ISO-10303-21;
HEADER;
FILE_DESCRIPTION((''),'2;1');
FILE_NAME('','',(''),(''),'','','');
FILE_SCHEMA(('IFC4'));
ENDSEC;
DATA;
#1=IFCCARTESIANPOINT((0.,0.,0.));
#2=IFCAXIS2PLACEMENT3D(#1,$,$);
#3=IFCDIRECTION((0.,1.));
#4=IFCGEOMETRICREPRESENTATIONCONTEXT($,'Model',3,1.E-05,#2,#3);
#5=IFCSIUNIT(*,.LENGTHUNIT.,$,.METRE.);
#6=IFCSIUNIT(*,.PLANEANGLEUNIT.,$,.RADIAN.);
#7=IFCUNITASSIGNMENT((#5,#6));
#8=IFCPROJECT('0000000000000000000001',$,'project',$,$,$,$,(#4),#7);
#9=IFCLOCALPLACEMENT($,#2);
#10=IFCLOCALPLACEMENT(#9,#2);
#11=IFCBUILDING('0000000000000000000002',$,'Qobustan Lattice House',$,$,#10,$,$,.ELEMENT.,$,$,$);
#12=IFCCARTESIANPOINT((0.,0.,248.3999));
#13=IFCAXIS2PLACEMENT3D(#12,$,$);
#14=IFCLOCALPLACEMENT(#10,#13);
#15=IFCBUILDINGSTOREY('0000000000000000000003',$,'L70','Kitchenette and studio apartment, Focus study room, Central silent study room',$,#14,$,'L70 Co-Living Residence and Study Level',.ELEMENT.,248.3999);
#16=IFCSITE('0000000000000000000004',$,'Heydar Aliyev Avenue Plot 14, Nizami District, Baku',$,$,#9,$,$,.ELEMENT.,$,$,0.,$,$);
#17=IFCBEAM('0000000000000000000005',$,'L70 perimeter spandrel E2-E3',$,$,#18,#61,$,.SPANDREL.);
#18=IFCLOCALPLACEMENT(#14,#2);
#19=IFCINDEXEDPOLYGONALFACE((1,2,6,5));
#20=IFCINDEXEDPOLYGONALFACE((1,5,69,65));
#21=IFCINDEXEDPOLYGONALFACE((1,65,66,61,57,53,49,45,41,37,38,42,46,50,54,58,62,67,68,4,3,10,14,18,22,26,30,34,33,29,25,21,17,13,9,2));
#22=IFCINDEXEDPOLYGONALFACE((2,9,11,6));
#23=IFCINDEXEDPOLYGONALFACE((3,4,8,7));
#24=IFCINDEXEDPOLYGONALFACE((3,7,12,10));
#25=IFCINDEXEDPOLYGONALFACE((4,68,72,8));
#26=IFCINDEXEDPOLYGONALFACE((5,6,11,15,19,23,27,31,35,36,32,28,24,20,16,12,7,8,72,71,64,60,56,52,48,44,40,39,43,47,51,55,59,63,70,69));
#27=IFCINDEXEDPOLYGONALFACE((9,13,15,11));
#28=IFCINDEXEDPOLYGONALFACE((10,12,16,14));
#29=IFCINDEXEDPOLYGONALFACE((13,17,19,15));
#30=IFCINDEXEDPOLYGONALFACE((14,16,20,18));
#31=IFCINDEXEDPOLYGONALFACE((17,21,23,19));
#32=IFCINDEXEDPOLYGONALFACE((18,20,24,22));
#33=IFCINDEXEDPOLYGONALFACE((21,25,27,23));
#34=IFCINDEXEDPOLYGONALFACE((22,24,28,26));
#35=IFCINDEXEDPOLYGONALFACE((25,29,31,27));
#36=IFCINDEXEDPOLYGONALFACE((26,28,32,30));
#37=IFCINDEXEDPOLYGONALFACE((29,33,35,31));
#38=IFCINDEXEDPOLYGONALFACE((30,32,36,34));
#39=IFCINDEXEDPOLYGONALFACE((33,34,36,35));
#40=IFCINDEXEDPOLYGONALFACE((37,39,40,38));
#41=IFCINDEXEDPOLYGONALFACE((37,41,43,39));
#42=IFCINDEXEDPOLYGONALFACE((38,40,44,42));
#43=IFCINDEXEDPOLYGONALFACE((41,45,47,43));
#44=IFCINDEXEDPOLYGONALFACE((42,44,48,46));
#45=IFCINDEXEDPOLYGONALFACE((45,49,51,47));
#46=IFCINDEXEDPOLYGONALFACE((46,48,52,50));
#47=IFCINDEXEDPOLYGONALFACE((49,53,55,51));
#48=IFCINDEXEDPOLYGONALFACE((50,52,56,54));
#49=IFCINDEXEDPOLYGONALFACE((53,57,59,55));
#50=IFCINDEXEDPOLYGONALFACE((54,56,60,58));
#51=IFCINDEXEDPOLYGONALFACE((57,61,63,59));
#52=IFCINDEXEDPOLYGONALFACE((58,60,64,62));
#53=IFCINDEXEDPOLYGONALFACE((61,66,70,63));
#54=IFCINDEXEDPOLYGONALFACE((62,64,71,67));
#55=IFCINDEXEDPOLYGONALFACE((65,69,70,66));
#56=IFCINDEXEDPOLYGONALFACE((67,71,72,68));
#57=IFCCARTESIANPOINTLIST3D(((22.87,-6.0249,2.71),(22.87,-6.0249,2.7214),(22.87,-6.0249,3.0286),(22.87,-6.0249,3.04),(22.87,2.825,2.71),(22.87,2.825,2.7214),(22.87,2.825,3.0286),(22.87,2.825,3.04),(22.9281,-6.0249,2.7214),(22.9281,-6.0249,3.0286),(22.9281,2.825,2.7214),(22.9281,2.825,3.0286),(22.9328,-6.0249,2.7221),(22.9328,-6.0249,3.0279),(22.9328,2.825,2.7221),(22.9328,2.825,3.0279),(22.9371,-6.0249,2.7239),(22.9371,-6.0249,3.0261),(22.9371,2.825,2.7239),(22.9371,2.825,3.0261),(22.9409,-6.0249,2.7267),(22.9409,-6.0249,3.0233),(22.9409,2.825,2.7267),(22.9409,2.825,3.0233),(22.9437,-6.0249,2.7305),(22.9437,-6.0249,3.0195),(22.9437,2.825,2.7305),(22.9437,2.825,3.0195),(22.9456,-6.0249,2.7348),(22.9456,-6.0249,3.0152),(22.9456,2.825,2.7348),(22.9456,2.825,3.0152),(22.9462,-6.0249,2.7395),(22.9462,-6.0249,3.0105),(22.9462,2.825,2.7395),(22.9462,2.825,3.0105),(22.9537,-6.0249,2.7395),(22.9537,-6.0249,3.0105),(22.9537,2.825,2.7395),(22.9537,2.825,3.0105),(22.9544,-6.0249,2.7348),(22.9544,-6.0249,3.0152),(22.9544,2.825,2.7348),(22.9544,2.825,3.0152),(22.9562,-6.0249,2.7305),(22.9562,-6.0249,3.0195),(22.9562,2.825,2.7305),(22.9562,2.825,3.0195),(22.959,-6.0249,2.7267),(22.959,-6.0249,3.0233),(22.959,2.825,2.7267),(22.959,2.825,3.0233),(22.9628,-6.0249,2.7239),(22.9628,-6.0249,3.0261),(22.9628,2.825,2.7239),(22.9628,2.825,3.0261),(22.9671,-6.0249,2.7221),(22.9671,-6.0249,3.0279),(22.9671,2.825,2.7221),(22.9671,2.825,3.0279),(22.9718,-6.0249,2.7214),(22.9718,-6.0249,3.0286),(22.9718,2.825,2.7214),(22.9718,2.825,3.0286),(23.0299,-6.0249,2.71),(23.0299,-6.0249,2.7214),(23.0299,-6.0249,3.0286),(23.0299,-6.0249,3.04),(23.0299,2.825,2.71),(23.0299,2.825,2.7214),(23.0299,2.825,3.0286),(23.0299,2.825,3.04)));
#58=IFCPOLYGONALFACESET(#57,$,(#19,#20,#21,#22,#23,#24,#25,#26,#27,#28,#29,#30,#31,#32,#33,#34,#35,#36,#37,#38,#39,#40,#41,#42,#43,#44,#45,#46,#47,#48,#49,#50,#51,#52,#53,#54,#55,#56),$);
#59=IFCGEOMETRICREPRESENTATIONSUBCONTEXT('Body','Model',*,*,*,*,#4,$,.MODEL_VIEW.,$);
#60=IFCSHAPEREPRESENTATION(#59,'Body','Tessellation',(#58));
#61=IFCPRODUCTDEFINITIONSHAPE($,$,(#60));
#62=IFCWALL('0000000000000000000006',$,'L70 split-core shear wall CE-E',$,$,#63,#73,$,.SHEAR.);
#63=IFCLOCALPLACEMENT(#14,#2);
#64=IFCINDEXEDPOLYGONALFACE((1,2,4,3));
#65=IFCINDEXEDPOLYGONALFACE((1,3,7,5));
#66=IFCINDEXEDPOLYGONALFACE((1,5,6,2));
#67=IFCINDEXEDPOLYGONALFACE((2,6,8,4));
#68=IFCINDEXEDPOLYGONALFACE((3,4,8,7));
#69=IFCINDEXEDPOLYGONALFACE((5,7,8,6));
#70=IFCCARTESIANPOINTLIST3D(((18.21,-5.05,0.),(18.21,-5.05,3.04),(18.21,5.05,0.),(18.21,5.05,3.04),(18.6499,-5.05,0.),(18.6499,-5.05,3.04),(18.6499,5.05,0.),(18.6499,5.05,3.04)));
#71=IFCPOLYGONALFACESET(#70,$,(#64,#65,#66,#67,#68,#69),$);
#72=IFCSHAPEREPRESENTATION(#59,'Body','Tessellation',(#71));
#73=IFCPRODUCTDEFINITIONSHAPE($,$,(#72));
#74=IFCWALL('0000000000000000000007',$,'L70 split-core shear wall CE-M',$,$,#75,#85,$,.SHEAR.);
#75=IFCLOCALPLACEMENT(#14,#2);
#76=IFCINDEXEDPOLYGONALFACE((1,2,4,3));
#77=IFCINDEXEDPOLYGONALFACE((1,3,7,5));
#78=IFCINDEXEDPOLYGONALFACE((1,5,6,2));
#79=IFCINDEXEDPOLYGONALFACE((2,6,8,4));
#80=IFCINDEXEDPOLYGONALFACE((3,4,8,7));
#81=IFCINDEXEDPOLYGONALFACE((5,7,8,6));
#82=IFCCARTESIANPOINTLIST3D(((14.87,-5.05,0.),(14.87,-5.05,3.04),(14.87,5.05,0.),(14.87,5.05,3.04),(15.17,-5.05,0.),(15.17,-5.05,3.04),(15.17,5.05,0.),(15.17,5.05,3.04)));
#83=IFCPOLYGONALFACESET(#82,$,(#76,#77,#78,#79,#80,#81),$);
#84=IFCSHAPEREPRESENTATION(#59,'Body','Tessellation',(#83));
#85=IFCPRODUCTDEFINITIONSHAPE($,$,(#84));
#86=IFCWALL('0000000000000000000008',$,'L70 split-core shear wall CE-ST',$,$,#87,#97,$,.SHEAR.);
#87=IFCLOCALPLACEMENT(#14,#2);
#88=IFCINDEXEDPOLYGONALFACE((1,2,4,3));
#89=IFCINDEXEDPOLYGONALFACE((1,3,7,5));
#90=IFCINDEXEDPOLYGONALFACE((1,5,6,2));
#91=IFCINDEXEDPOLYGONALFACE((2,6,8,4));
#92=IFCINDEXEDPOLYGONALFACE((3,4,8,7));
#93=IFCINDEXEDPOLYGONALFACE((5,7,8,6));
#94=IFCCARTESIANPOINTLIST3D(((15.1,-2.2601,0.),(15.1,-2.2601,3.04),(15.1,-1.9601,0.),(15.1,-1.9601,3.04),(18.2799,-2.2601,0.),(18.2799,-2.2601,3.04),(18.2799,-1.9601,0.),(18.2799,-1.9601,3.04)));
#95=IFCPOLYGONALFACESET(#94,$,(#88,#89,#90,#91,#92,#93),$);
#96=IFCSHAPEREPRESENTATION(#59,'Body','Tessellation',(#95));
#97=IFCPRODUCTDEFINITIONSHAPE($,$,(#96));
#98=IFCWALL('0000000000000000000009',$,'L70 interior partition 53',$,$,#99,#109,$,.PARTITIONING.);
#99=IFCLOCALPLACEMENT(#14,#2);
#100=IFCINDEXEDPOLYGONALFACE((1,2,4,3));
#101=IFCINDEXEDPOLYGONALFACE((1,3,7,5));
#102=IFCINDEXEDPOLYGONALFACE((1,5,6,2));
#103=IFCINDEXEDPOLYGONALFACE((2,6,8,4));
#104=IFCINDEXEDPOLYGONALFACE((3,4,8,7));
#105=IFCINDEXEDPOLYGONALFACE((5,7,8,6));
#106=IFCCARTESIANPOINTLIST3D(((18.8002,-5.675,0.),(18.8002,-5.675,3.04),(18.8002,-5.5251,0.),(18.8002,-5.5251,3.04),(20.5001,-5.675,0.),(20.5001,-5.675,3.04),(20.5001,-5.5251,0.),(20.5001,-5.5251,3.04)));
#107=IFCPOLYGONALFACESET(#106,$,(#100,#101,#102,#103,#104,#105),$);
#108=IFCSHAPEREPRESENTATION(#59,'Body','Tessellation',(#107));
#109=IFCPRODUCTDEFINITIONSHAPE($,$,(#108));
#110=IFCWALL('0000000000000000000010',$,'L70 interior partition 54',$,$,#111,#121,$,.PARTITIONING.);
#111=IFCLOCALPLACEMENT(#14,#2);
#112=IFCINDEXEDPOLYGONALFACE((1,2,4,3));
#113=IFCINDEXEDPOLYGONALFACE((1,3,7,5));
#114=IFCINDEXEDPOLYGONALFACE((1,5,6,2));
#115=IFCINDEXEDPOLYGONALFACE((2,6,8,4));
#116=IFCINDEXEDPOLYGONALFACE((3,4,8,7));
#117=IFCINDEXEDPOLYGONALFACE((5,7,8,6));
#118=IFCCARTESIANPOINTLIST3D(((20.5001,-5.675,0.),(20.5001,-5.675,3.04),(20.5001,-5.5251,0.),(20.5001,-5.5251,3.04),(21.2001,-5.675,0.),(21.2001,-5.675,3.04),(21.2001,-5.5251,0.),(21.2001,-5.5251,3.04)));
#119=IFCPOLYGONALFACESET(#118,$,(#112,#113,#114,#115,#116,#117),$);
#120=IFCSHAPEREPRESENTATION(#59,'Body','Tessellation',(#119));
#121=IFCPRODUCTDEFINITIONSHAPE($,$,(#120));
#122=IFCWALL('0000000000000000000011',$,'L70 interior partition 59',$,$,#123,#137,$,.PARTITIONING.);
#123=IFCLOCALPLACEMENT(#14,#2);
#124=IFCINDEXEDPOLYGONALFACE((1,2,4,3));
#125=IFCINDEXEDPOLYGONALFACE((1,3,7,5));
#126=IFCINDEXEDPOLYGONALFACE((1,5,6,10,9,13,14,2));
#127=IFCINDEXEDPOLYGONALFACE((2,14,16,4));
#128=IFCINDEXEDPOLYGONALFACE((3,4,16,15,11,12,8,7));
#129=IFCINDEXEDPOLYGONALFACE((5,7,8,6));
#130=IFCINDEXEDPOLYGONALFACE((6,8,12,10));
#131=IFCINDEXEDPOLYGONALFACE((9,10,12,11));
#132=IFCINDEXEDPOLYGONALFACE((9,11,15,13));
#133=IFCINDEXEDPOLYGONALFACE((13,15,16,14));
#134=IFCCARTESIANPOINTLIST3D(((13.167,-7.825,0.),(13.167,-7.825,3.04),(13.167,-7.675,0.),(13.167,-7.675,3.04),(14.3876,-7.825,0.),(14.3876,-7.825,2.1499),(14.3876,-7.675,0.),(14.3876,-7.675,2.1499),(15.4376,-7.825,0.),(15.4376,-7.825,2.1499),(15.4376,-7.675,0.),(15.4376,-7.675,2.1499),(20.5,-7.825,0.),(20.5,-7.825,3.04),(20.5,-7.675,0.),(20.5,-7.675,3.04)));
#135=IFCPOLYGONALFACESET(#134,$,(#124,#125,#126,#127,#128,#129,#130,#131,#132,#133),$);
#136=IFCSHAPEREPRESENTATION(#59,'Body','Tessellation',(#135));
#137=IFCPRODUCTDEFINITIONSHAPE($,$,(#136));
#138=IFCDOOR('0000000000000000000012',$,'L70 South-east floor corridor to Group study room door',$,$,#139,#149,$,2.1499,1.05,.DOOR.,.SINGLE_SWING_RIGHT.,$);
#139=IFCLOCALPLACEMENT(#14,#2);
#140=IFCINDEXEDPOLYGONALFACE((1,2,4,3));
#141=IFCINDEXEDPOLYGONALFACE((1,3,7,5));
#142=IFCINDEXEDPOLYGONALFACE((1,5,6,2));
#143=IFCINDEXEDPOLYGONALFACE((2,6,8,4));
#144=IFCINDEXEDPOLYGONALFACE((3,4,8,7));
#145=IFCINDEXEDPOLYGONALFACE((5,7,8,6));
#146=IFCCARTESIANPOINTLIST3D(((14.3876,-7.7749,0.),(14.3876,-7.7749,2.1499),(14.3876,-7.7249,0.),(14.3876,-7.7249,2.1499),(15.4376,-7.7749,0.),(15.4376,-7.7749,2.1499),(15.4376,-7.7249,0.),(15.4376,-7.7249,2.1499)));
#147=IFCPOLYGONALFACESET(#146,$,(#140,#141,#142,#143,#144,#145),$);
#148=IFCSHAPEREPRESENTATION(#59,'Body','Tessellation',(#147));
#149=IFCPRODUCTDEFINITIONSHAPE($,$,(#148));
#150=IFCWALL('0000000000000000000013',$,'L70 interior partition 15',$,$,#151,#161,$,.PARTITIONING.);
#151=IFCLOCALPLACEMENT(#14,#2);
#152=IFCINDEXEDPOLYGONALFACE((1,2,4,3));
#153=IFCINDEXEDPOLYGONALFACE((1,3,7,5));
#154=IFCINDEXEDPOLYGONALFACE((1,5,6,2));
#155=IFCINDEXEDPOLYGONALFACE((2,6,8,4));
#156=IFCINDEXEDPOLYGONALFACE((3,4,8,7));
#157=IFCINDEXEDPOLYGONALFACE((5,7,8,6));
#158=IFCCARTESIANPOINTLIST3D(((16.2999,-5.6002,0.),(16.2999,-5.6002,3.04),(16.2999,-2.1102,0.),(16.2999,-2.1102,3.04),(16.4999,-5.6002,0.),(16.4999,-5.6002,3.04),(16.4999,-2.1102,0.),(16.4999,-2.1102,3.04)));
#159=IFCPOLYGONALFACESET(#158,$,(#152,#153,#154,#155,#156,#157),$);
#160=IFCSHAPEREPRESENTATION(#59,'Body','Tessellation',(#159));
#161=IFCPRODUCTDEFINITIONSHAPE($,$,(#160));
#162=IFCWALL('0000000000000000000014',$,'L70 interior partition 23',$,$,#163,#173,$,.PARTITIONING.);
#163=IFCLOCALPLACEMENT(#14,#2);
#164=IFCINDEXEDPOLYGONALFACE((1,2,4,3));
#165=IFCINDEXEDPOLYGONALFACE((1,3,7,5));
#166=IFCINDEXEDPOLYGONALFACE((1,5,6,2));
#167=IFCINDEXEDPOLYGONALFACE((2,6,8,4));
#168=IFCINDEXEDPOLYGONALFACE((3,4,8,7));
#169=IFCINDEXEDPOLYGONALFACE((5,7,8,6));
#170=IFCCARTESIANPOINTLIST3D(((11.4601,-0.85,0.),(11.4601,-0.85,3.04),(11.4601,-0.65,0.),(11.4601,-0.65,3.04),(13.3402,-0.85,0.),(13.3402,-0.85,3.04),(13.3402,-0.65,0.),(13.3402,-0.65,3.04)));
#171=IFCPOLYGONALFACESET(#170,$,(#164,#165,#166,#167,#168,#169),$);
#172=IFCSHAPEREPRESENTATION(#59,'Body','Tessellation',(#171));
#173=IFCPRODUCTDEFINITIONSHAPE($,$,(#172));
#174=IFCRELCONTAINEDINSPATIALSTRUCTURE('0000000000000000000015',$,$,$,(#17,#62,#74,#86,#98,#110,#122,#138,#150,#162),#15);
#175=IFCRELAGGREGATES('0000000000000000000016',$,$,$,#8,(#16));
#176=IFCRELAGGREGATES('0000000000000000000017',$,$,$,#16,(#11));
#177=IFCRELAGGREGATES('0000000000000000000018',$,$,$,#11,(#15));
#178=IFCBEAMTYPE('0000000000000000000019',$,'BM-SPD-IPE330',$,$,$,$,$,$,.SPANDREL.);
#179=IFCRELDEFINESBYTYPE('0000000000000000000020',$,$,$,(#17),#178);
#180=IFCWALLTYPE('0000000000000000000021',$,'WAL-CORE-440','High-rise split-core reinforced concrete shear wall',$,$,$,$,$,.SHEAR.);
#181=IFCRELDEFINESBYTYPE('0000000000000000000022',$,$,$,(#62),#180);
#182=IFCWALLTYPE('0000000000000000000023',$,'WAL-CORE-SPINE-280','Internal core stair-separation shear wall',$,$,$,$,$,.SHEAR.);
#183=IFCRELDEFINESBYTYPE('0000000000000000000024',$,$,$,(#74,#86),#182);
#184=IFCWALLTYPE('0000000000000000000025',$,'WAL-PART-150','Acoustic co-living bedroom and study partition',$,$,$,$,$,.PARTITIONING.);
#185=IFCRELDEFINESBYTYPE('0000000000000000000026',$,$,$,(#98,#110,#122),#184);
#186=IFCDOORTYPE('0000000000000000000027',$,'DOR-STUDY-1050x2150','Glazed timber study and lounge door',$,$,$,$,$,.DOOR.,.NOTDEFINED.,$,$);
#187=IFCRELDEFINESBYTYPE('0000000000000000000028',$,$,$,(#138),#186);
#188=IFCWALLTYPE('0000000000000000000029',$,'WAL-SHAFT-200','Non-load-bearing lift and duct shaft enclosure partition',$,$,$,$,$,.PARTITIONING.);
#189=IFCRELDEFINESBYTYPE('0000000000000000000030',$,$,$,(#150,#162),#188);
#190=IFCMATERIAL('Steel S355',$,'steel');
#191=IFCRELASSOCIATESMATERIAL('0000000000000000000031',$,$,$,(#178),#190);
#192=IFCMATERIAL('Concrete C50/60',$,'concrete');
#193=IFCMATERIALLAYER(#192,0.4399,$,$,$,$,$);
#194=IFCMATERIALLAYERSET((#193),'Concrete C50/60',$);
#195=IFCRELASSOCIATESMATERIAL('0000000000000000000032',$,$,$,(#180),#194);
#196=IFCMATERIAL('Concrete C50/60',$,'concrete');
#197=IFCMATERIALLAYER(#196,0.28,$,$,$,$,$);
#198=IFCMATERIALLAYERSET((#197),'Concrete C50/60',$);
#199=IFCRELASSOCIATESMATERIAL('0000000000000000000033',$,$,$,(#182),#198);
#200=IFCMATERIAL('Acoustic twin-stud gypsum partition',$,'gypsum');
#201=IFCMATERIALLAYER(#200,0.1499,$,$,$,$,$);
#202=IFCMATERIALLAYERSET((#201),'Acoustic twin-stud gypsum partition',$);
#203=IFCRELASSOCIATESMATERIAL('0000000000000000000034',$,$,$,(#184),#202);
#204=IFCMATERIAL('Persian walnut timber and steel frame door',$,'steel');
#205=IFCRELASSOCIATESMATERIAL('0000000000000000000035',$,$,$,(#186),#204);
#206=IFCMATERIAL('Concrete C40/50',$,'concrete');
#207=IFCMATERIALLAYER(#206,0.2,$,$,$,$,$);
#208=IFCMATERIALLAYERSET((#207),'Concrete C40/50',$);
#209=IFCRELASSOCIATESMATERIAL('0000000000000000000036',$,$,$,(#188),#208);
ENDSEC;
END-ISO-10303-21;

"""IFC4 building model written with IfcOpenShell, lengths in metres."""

from ifc_helpers import new_model, si_unit, direction, frame, frame_2d, origin, origin_2d, place, context, subcontext, project, spatial, rectangle, i_section, extrude, material, layer, layer_set, material_profile, profile_set, type_object, element, fill, save


model = new_model("IFC4")

# Units and contexts
model_context = context("Model", 3, precision=1e-05, world=origin(), true_north=direction((0.0, 1.0)))
body_context = subcontext(model_context, "Body", "Model", "MODEL_VIEW")
ifc_project = project(units=[si_unit("LENGTHUNIT", "METRE"), si_unit("PLANEANGLEUNIT", "RADIAN")], contexts=[model_context])

# Site, building, storey
site_placement = place(None, origin())
site = spatial("IfcSite", under=ifc_project, at=site_placement, Name="Heydar Aliyev Avenue Plot 14, Nizami District, Baku", CompositionType="ELEMENT", RefElevation=0.0)
building_placement = place(site_placement, origin())
building = spatial("IfcBuilding", under=site, at=building_placement, Name="Qobustan Lattice House", CompositionType="ELEMENT")
storey_placement = place(building_placement, frame((0.0, 0.0, 248.3999)))
storey = spatial("IfcBuildingStorey", under=building, at=storey_placement, Name="L70", Description="Kitchenette and studio apartment, Focus study room, Central silent study room", LongName="L70 Co-Living Residence and Study Level", CompositionType="ELEMENT", Elevation=248.3999)

# Beam
ifc_material_1 = material(Name="Steel S355", Category="steel")
ifc_material_profile_1 = material_profile(ifc_material_1, i_section(OverallWidth=0.1599, OverallDepth=0.3301, WebThickness=0.0076, FlangeThickness=0.0115, FilletRadius=0.0181, at=origin_2d()), Name="IPE330")
ifc_profile_set_1 = profile_set([ifc_material_profile_1], Name="Steel S355")
beam_type_1 = type_object("IfcBeamType", Name="BM-SPD-IPE330", PredefinedType="SPANDREL", material=ifc_profile_set_1)
beam_1_placement = place(storey_placement, frame((22.95, -6.0249, 2.875), z_axis=(0.0, 1.0, 0.0), x_axis=(-1.0, 0.0, 0.0)))
element("IfcBeam", 1, at=beam_1_placement, inside=storey, type_object=beam_type_1, Name="L70 perimeter spandrel E2-E3", PredefinedType="SPANDREL", context=body_context, shape_type="SweptSolid", body=[
    extrude(i_section(OverallWidth=0.1599, OverallDepth=0.3301, WebThickness=0.0076, FlangeThickness=0.0115, FilletRadius=0.0181, at=origin_2d()), origin(), (0.0, 0.0, 1.0), 8.8499),
])

# Walls
ifc_material_2 = material(Name="Concrete C50/60", Category="concrete")
ifc_layer_1 = layer(ifc_material_2, 0.4399)
ifc_layer_set_1 = layer_set([ifc_layer_1], Name="Concrete C50/60")
wall_type_1 = type_object("IfcWallType", Name="WAL-CORE-440", Description="High-rise split-core reinforced concrete shear wall", PredefinedType="SHEAR", material=ifc_layer_set_1)
wall_1_placement = place(storey_placement, frame((18.4299, -5.05, 0.0), z_axis=(0.0, 0.0, 1.0), x_axis=(0.0, 1.0, 0.0)))
element("IfcWall", 2, at=wall_1_placement, inside=storey, type_object=wall_type_1, Name="L70 split-core shear wall CE-E", PredefinedType="SHEAR", context=body_context, shape_type="SweptSolid", body=[
    extrude(rectangle(XDim=10.1001, YDim=0.4399, at=frame_2d((5.05, 0.0))), origin(), (0.0, 0.0, 1.0), 3.04),
])
ifc_material_3 = material(Name="Concrete C50/60", Category="concrete")
ifc_layer_2 = layer(ifc_material_3, 0.28)
ifc_layer_set_2 = layer_set([ifc_layer_2], Name="Concrete C50/60")
wall_type_2 = type_object("IfcWallType", Name="WAL-CORE-SPINE-280", Description="Internal core stair-separation shear wall", PredefinedType="SHEAR", material=ifc_layer_set_2)
wall_2_placement = place(storey_placement, frame((15.02, -5.05, 0.0), z_axis=(0.0, 0.0, 1.0), x_axis=(0.0, 1.0, 0.0)))
element("IfcWall", 3, at=wall_2_placement, inside=storey, type_object=wall_type_2, Name="L70 split-core shear wall CE-M", PredefinedType="SHEAR", context=body_context, shape_type="SweptSolid", body=[
    extrude(rectangle(XDim=10.1001, YDim=0.3, at=frame_2d((5.05, 0.0))), origin(), (0.0, 0.0, 1.0), 3.04),
])
wall_3_placement = place(storey_placement, frame((15.1001, -2.1101, 0.0), z_axis=(0.0, 0.0, 1.0), x_axis=(1.0, 0.0, 0.0)))
element("IfcWall", 4, at=wall_3_placement, inside=storey, type_object=wall_type_2, Name="L70 split-core shear wall CE-ST", PredefinedType="SHEAR", context=body_context, shape_type="SweptSolid", body=[
    extrude(rectangle(XDim=3.1799, YDim=0.3, at=frame_2d((1.5898, 0.0))), origin(), (0.0, 0.0, 1.0), 3.04),
])
ifc_material_4 = material(Name="Acoustic twin-stud gypsum partition", Category="gypsum")
ifc_layer_3 = layer(ifc_material_4, 0.1499)
ifc_layer_set_3 = layer_set([ifc_layer_3], Name="Acoustic twin-stud gypsum partition")
wall_type_3 = type_object("IfcWallType", Name="WAL-PART-150", Description="Acoustic co-living bedroom and study partition", PredefinedType="PARTITIONING", material=ifc_layer_set_3)
wall_4_placement = place(storey_placement, frame((18.8, -5.6001, 0.0), z_axis=(0.0, 0.0, 1.0), x_axis=(1.0, 0.0, 0.0)))
element("IfcWall", 5, at=wall_4_placement, inside=storey, type_object=wall_type_3, Name="L70 interior partition 53", PredefinedType="PARTITIONING", context=body_context, shape_type="SweptSolid", body=[
    extrude(rectangle(XDim=1.7, YDim=0.1499, at=frame_2d((0.8501, 0.0))), origin(), (0.0, 0.0, 1.0), 3.04),
])
wall_5_placement = place(storey_placement, frame((20.5, -5.6001, 0.0), z_axis=(0.0, 0.0, 1.0), x_axis=(1.0, 0.0, 0.0)))
element("IfcWall", 6, at=wall_5_placement, inside=storey, type_object=wall_type_3, Name="L70 interior partition 54", PredefinedType="PARTITIONING", context=body_context, shape_type="SweptSolid", body=[
    extrude(rectangle(XDim=0.7, YDim=0.1499, at=frame_2d((0.3501, 0.0))), origin(), (0.0, 0.0, 1.0), 3.04),
])

# Wall, opening, door
wall_6_placement = place(storey_placement, frame((20.5, -7.75, 0.0), z_axis=(0.0, 0.0, 1.0), x_axis=(-1.0, 0.0, 0.0)))
wall_6 = element("IfcWall", 7, at=wall_6_placement, inside=storey, type_object=wall_type_3, Name="L70 interior partition 59", PredefinedType="PARTITIONING", context=body_context, shape_type="SweptSolid", body=[
    extrude(rectangle(XDim=7.333, YDim=0.1499, at=frame_2d((3.6665, 0.0))), origin(), (0.0, 0.0, 1.0), 3.04),
])
opening_1_placement = place(wall_6_placement, frame((5.0625, 0.0, 0.0)))
opening_1 = element("IfcOpeningElement", 8, at=opening_1_placement, cuts=wall_6, PredefinedType="OPENING", context=body_context, shape_type="SweptSolid", body=[
    extrude(rectangle(XDim=1.05, YDim=2.1499, at=frame_2d((0.5249, 1.075))), frame((0.0, 0.085, 0.0), z_axis=(0.0, -1.0, 0.0), x_axis=(1.0, 0.0, 0.0)), (0.0, 0.0, 1.0), 0.1699),
])
ifc_material_5 = material(Name="Persian walnut timber and steel frame door", Category="steel")
door_type_1 = type_object("IfcDoorType", Name="DOR-STUDY-1050x2150", Description="Glazed timber study and lounge door", OperationType="NOTDEFINED", PredefinedType="DOOR", material=ifc_material_5)
door_1_placement = place(opening_1_placement, origin())
door_1 = element("IfcDoor", 9, at=door_1_placement, inside=storey, type_object=door_type_1, Name="L70 South-east floor corridor to Group study room door", OperationType="SINGLE_SWING_RIGHT", OverallHeight=2.1499, OverallWidth=1.05, PredefinedType="DOOR", context=body_context, shape_type="SweptSolid", body=[
    extrude(rectangle(XDim=1.05, YDim=2.1499, at=frame_2d((0.5249, 1.075))), frame((0.0, 0.0249, 0.0), z_axis=(0.0, -1.0, 0.0), x_axis=(1.0, 0.0, 0.0)), (0.0, 0.0, 1.0), 0.05),
])
fill(opening_1, door_1)

# Walls
ifc_material_6 = material(Name="Concrete C40/50", Category="concrete")
ifc_layer_4 = layer(ifc_material_6, 0.2)
ifc_layer_set_4 = layer_set([ifc_layer_4], Name="Concrete C40/50")
wall_type_4 = type_object("IfcWallType", Name="WAL-SHAFT-200", Description="Non-load-bearing lift and duct shaft enclosure partition", PredefinedType="PARTITIONING", material=ifc_layer_set_4)
wall_7_placement = place(storey_placement, frame((16.3999, -2.1101, 0.0), z_axis=(0.0, 0.0, 1.0), x_axis=(0.0, -1.0, 0.0)))
element("IfcWall", 10, at=wall_7_placement, inside=storey, type_object=wall_type_4, Name="L70 interior partition 15", PredefinedType="PARTITIONING", context=body_context, shape_type="SweptSolid", body=[
    extrude(rectangle(XDim=3.49, YDim=0.2, at=frame_2d((1.7451, 0.0))), origin(), (0.0, 0.0, 1.0), 3.04),
])
wall_8_placement = place(storey_placement, frame((13.3401, -0.75, 0.0), z_axis=(0.0, 0.0, 1.0), x_axis=(-1.0, 0.0, 0.0)))
element("IfcWall", 11, at=wall_8_placement, inside=storey, type_object=wall_type_4, Name="L70 interior partition 23", PredefinedType="PARTITIONING", context=body_context, shape_type="SweptSolid", body=[
    extrude(rectangle(XDim=1.8801, YDim=0.2, at=frame_2d((0.9399, 0.0))), origin(), (0.0, 0.0, 1.0), 3.04),
])

save(model, "model.ifc")
